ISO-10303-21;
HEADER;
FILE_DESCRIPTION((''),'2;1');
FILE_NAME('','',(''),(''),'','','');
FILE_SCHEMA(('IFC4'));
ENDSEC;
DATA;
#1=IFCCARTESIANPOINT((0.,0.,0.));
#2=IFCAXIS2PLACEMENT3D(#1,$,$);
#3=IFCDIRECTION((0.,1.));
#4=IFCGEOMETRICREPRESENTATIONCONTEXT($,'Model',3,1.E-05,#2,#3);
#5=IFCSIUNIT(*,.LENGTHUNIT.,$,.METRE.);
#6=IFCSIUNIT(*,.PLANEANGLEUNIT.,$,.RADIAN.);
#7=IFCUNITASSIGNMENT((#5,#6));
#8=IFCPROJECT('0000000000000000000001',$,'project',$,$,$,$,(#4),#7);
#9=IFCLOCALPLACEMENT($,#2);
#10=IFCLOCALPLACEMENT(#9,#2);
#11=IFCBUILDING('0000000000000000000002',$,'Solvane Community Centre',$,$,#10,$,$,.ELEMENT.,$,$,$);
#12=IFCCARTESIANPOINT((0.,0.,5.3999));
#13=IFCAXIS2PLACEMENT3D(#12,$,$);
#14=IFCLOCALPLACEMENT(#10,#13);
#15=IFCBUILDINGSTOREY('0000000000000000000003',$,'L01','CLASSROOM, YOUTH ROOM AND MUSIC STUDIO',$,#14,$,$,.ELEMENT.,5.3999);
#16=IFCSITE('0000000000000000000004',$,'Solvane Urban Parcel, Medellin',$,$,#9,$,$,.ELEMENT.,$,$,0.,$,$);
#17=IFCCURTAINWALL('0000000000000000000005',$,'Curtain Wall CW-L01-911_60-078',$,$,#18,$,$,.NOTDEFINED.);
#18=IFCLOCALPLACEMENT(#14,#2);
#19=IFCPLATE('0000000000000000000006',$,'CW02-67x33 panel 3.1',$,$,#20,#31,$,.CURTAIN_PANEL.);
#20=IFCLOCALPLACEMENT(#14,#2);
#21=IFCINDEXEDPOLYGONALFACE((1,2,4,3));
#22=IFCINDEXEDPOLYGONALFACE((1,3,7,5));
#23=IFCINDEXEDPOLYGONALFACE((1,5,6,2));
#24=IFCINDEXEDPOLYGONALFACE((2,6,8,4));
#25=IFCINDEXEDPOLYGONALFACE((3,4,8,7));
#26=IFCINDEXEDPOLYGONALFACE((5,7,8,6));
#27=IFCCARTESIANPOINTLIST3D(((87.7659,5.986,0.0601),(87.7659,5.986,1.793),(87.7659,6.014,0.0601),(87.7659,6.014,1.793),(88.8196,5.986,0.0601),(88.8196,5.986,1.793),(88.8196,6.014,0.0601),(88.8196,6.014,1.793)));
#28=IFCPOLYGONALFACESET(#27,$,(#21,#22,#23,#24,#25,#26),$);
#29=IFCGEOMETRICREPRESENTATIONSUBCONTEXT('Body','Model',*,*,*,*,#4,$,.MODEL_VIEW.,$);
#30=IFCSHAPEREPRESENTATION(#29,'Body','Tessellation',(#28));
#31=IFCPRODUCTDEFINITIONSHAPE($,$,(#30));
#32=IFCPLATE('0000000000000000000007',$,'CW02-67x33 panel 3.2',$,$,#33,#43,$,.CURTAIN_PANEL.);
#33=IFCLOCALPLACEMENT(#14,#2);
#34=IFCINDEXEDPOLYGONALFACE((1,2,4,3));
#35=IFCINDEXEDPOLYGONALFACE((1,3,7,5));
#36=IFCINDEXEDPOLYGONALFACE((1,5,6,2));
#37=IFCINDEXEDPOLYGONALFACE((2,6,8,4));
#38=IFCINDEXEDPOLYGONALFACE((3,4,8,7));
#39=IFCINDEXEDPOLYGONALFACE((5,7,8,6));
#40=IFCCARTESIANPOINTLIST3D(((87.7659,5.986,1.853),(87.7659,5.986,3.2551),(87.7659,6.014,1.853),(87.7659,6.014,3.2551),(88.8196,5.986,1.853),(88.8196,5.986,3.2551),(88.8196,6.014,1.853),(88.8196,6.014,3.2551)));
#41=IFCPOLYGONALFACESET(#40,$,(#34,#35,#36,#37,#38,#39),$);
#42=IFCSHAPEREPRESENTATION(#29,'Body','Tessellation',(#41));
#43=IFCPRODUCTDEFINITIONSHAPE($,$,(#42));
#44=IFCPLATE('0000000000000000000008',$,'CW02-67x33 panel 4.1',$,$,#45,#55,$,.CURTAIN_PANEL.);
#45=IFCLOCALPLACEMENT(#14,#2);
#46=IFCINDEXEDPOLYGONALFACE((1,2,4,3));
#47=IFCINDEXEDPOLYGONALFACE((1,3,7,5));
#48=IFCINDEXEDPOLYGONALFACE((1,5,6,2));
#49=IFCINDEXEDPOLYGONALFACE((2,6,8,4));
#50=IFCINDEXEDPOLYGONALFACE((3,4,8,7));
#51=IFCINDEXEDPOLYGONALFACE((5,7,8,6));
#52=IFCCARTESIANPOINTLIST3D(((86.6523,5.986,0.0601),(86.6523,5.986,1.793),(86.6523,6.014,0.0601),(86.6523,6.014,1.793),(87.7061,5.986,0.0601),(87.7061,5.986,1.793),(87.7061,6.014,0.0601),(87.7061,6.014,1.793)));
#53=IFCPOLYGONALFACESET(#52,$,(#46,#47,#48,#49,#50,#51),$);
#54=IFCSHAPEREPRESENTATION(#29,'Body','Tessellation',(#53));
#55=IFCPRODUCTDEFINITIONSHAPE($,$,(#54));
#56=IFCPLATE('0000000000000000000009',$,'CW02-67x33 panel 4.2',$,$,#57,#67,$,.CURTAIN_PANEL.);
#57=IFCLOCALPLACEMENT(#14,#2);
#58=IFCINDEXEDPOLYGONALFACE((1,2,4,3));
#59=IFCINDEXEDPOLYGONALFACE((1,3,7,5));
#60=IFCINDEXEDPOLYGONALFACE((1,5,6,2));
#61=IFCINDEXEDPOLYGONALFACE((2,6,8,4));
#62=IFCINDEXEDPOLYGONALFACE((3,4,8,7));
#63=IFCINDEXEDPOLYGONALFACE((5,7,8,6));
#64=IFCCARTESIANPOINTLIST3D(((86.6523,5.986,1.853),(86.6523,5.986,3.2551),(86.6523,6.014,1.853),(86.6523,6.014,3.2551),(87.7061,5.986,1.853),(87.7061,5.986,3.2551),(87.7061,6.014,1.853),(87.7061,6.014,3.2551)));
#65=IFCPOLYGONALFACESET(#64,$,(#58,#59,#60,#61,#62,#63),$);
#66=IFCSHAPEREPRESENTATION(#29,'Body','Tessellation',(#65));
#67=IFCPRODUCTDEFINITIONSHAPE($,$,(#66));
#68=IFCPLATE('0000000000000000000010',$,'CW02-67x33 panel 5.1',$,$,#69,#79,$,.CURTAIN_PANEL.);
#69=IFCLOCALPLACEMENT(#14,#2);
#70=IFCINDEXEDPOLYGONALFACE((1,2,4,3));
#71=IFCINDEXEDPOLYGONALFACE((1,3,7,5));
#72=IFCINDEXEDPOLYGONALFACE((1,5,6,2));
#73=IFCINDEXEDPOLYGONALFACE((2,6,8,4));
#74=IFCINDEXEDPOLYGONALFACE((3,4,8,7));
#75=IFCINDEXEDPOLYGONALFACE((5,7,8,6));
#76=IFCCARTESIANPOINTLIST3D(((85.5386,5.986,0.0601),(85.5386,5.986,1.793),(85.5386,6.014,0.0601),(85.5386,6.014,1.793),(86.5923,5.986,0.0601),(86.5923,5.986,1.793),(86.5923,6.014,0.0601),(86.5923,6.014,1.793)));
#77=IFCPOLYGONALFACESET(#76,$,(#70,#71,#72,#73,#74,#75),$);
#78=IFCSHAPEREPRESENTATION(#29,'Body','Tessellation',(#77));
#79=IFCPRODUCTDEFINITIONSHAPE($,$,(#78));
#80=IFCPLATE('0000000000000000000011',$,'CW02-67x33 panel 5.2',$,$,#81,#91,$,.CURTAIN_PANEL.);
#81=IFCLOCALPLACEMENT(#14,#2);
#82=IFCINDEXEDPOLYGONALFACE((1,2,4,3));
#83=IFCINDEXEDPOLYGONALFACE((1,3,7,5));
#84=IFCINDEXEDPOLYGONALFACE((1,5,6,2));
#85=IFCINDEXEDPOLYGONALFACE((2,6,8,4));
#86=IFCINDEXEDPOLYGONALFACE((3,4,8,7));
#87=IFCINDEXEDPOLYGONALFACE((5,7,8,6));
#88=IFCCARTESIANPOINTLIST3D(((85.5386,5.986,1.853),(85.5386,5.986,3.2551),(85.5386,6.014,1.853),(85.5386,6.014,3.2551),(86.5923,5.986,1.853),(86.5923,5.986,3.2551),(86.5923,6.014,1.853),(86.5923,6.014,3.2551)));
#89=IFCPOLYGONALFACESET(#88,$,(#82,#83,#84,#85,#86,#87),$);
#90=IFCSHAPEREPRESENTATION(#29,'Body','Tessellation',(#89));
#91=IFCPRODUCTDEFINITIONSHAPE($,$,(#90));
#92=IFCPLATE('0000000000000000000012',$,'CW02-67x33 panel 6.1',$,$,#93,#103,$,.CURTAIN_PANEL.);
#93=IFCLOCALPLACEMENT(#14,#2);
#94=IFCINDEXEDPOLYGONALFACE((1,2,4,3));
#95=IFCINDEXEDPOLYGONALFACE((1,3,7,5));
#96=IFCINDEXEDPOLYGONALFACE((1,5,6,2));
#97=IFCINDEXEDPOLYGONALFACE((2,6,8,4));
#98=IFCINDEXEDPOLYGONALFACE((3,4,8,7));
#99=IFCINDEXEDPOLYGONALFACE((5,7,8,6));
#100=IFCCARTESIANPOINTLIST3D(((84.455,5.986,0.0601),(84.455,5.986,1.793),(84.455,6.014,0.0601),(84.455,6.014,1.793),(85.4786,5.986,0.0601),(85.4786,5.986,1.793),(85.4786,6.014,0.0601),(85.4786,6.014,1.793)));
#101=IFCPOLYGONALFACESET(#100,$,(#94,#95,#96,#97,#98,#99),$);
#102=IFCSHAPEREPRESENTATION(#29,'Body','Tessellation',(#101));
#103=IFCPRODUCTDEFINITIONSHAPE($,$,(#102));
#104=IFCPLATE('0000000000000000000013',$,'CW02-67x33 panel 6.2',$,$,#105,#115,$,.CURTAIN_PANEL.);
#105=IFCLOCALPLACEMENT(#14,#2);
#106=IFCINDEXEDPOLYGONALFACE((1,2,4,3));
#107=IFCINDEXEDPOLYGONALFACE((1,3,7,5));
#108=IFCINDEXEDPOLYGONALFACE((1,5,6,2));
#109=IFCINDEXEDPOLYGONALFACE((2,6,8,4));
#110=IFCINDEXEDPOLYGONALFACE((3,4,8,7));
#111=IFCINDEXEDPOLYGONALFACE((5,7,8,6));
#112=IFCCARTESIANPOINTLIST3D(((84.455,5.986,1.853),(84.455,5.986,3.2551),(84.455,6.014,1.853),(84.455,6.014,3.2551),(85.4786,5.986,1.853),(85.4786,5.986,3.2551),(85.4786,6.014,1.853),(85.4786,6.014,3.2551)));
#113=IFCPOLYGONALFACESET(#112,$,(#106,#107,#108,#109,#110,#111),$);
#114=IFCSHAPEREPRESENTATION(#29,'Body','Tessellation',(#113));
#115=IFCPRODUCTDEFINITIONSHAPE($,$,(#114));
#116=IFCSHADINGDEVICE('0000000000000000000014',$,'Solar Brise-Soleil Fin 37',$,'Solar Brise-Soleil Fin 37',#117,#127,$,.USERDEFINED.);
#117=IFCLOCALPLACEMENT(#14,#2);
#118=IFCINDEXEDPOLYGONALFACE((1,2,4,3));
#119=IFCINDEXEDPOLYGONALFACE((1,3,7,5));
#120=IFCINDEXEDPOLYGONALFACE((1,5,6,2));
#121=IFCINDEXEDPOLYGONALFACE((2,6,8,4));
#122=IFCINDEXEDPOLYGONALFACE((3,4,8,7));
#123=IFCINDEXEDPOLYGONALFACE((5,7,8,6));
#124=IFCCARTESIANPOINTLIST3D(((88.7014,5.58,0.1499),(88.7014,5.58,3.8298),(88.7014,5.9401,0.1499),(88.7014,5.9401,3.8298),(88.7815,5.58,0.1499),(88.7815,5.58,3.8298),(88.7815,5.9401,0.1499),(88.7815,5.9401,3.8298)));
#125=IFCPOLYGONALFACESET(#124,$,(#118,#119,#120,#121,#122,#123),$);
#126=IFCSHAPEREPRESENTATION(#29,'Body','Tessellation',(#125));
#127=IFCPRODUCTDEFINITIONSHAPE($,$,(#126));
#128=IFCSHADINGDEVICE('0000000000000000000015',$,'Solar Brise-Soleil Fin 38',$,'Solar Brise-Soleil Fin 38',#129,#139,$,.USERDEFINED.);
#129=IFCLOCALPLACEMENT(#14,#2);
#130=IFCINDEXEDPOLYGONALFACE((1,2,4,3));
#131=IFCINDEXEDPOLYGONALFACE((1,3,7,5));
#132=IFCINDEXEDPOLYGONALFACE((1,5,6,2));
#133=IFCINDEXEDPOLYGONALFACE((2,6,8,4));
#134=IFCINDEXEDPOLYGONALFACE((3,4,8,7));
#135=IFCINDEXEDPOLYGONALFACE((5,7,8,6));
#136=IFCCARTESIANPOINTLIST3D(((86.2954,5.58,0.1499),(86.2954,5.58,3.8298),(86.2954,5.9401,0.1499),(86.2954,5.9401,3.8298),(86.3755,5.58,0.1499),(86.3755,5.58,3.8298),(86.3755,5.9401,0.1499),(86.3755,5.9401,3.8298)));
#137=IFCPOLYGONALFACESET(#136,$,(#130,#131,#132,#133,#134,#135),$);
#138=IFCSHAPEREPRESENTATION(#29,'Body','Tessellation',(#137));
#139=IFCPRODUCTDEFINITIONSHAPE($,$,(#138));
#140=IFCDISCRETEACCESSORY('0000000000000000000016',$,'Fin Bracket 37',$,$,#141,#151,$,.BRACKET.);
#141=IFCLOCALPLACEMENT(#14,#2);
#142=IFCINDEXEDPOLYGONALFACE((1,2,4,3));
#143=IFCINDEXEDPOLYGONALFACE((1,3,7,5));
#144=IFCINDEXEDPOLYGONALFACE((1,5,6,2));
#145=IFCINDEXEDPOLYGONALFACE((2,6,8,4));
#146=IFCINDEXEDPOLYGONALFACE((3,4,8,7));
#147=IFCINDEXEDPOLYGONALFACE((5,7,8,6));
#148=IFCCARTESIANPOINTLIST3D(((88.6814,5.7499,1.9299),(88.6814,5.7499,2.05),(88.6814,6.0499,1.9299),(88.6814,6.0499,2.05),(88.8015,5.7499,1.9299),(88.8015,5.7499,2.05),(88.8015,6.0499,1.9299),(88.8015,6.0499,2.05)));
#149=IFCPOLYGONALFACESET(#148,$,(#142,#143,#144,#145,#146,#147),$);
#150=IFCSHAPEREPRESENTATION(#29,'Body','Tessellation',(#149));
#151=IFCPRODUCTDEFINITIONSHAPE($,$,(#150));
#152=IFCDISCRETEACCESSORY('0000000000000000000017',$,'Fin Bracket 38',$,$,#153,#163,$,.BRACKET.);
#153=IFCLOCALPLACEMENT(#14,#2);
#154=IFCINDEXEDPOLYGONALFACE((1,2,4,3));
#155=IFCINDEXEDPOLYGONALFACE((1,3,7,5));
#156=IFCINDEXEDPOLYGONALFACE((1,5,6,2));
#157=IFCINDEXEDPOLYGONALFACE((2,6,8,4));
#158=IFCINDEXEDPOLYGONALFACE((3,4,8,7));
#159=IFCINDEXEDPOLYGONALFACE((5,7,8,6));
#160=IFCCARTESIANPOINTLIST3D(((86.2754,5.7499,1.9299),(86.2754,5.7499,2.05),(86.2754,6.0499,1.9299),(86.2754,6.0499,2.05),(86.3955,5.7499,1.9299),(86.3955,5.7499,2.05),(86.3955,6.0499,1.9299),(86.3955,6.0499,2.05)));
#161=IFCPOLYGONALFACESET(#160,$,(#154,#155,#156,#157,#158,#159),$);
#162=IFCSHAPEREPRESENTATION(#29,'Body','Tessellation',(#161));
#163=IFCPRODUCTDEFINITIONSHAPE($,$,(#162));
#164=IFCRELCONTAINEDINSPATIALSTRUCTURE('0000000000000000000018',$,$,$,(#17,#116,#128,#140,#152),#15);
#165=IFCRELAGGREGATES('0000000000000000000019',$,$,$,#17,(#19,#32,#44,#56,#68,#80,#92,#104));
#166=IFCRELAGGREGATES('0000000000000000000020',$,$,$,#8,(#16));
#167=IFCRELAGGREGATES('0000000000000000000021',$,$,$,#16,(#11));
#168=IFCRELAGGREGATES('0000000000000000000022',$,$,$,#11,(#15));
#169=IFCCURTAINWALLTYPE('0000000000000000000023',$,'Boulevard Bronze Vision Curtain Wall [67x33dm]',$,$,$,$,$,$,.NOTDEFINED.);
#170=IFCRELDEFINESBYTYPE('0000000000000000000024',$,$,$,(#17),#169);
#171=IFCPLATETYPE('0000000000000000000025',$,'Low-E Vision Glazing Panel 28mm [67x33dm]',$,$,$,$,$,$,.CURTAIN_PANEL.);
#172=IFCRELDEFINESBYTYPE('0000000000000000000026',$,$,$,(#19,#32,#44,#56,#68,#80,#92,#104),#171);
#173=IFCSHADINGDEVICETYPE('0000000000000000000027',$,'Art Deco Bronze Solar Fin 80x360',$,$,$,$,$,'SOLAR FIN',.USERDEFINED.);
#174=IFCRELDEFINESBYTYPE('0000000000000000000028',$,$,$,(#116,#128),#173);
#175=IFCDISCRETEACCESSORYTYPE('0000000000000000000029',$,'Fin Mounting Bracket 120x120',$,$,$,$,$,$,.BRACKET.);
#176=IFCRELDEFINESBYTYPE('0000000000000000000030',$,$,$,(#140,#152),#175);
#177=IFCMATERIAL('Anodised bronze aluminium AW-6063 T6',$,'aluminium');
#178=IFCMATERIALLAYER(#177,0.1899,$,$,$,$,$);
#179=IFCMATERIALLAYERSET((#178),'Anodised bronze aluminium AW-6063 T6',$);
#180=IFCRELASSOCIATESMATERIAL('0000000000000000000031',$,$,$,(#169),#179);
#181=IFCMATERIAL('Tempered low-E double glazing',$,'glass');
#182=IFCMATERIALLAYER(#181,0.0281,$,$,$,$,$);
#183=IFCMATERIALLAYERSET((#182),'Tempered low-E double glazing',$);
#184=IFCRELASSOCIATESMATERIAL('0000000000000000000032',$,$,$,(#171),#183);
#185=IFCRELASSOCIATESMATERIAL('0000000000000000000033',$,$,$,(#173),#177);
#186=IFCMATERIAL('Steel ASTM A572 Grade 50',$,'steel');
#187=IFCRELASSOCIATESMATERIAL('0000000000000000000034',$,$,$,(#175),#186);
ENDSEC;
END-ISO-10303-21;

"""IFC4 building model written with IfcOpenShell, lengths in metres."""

from ifc_helpers import new_model, si_unit, direction, frame, origin, origin_2d, place, context, subcontext, project, spatial, rectangle, extrude, material, layer, layer_set, type_object, element, aggregate, save


model = new_model("IFC4")

# Units and contexts
model_context = context("Model", 3, precision=1e-05, world=origin(), true_north=direction((0.0, 1.0)))
body_context = subcontext(model_context, "Body", "Model", "MODEL_VIEW")
ifc_project = project(units=[si_unit("LENGTHUNIT", "METRE"), si_unit("PLANEANGLEUNIT", "RADIAN")], contexts=[model_context])

# Site, building, storey
site_placement = place(None, origin())
site = spatial("IfcSite", under=ifc_project, at=site_placement, Name="Solvane Urban Parcel, Medellin", CompositionType="ELEMENT", RefElevation=0.0)
building_placement = place(site_placement, origin())
building = spatial("IfcBuilding", under=site, at=building_placement, Name="Solvane Community Centre", CompositionType="ELEMENT")
storey_placement = place(building_placement, frame((0.0, 0.0, 5.3999)))
storey = spatial("IfcBuildingStorey", under=building, at=storey_placement, Name="L01", Description="CLASSROOM, YOUTH ROOM AND MUSIC STUDIO", CompositionType="ELEMENT", Elevation=5.3999)

# Curtain wall, plates
ifc_material_1 = material(Name="Anodised bronze aluminium AW-6063 T6", Category="aluminium")
ifc_layer_1 = layer(ifc_material_1, 0.1899)
ifc_layer_set_1 = layer_set([ifc_layer_1], Name="Anodised bronze aluminium AW-6063 T6")
curtain_wall_type = type_object("IfcCurtainWallType", Name="Boulevard Bronze Vision Curtain Wall [67x33dm]", PredefinedType="NOTDEFINED", material=ifc_layer_set_1)
curtain_wall_placement = place(storey_placement, origin())
curtain_wall = element("IfcCurtainWall", 1, at=curtain_wall_placement, inside=storey, type_object=curtain_wall_type, Name="Curtain Wall CW-L01-911_60-078", PredefinedType="NOTDEFINED")
ifc_material_2 = material(Name="Tempered low-E double glazing", Category="glass")
ifc_layer_2 = layer(ifc_material_2, 0.0281)
ifc_layer_set_2 = layer_set([ifc_layer_2], Name="Tempered low-E double glazing")
plate_type = type_object("IfcPlateType", Name="Low-E Vision Glazing Panel 28mm [67x33dm]", PredefinedType="CURTAIN_PANEL", material=ifc_layer_set_2)
plate_1_placement = place(storey_placement, frame((88.2927, 6.0, 0.0601), z_axis=(0.0, 0.0, 1.0), x_axis=(-1.0, 0.0, 0.0)))
plate_1 = element("IfcPlate", 2, at=plate_1_placement, type_object=plate_type, Name="CW02-67x33 panel 3.1", PredefinedType="CURTAIN_PANEL", context=body_context, shape_type="SweptSolid", body=[
    extrude(rectangle(XDim=1.0537, YDim=0.0281, at=origin_2d()), origin(), (0.0, 0.0, 1.0), 1.7329),
])
plate_2_placement = place(storey_placement, frame((88.2927, 6.0, 1.853), z_axis=(0.0, 0.0, 1.0), x_axis=(-1.0, 0.0, 0.0)))
plate_2 = element("IfcPlate", 3, at=plate_2_placement, type_object=plate_type, Name="CW02-67x33 panel 3.2", PredefinedType="CURTAIN_PANEL", context=body_context, shape_type="SweptSolid", body=[
    extrude(rectangle(XDim=1.0537, YDim=0.0281, at=origin_2d()), origin(), (0.0, 0.0, 1.0), 1.4021),
])
plate_3_placement = place(storey_placement, frame((87.1792, 6.0, 0.0601), z_axis=(0.0, 0.0, 1.0), x_axis=(-1.0, 0.0, 0.0)))
plate_3 = element("IfcPlate", 4, at=plate_3_placement, type_object=plate_type, Name="CW02-67x33 panel 4.1", PredefinedType="CURTAIN_PANEL", context=body_context, shape_type="SweptSolid", body=[
    extrude(rectangle(XDim=1.0537, YDim=0.0281, at=origin_2d()), origin(), (0.0, 0.0, 1.0), 1.7329),
])
plate_4_placement = place(storey_placement, frame((87.1792, 6.0, 1.853), z_axis=(0.0, 0.0, 1.0), x_axis=(-1.0, 0.0, 0.0)))
plate_4 = element("IfcPlate", 5, at=plate_4_placement, type_object=plate_type, Name="CW02-67x33 panel 4.2", PredefinedType="CURTAIN_PANEL", context=body_context, shape_type="SweptSolid", body=[
    extrude(rectangle(XDim=1.0537, YDim=0.0281, at=origin_2d()), origin(), (0.0, 0.0, 1.0), 1.4021),
])
plate_5_placement = place(storey_placement, frame((86.0654, 6.0, 0.0601), z_axis=(0.0, 0.0, 1.0), x_axis=(-1.0, 0.0, 0.0)))
plate_5 = element("IfcPlate", 6, at=plate_5_placement, type_object=plate_type, Name="CW02-67x33 panel 5.1", PredefinedType="CURTAIN_PANEL", context=body_context, shape_type="SweptSolid", body=[
    extrude(rectangle(XDim=1.0537, YDim=0.0281, at=origin_2d()), origin(), (0.0, 0.0, 1.0), 1.7329),
])
plate_6_placement = place(storey_placement, frame((86.0654, 6.0, 1.853), z_axis=(0.0, 0.0, 1.0), x_axis=(-1.0, 0.0, 0.0)))
plate_6 = element("IfcPlate", 7, at=plate_6_placement, type_object=plate_type, Name="CW02-67x33 panel 5.2", PredefinedType="CURTAIN_PANEL", context=body_context, shape_type="SweptSolid", body=[
    extrude(rectangle(XDim=1.0537, YDim=0.0281, at=origin_2d()), origin(), (0.0, 0.0, 1.0), 1.4021),
])
plate_7_placement = place(storey_placement, frame((84.9668, 6.0, 0.0601), z_axis=(0.0, 0.0, 1.0), x_axis=(-1.0, 0.0, 0.0)))
plate_7 = element("IfcPlate", 8, at=plate_7_placement, type_object=plate_type, Name="CW02-67x33 panel 6.1", PredefinedType="CURTAIN_PANEL", context=body_context, shape_type="SweptSolid", body=[
    extrude(rectangle(XDim=1.0237, YDim=0.0281, at=origin_2d()), origin(), (0.0, 0.0, 1.0), 1.7329),
])
plate_8_placement = place(storey_placement, frame((84.9668, 6.0, 1.853), z_axis=(0.0, 0.0, 1.0), x_axis=(-1.0, 0.0, 0.0)))
plate_8 = element("IfcPlate", 9, at=plate_8_placement, type_object=plate_type, Name="CW02-67x33 panel 6.2", PredefinedType="CURTAIN_PANEL", context=body_context, shape_type="SweptSolid", body=[
    extrude(rectangle(XDim=1.0237, YDim=0.0281, at=origin_2d()), origin(), (0.0, 0.0, 1.0), 1.4021),
])
aggregate(curtain_wall, [plate_1, plate_2, plate_3, plate_4, plate_5, plate_6, plate_7, plate_8])

# Shading devices
shading_device_type = type_object("IfcShadingDeviceType", Name="Art Deco Bronze Solar Fin 80x360", ElementType="SOLAR FIN", PredefinedType="USERDEFINED", material=ifc_material_1)
shading_device_1_placement = place(storey_placement, frame((88.7415, 5.76, 0.1499), z_axis=(0.0, 0.0, 1.0), x_axis=(-1.0, 0.0, 0.0)))
element("IfcShadingDevice", 10, at=shading_device_1_placement, inside=storey, type_object=shading_device_type, Name="Solar Brise-Soleil Fin 37", ObjectType="Solar Brise-Soleil Fin 37", PredefinedType="USERDEFINED", context=body_context, shape_type="SweptSolid", body=[
    extrude(rectangle(XDim=0.0801, YDim=0.3601, at=origin_2d()), origin(), (0.0, 0.0, 1.0), 3.6799),
])
shading_device_2_placement = place(storey_placement, frame((86.3354, 5.76, 0.1499), z_axis=(0.0, 0.0, 1.0), x_axis=(-1.0, 0.0, 0.0)))
element("IfcShadingDevice", 11, at=shading_device_2_placement, inside=storey, type_object=shading_device_type, Name="Solar Brise-Soleil Fin 38", ObjectType="Solar Brise-Soleil Fin 38", PredefinedType="USERDEFINED", context=body_context, shape_type="SweptSolid", body=[
    extrude(rectangle(XDim=0.0801, YDim=0.3601, at=origin_2d()), origin(), (0.0, 0.0, 1.0), 3.6799),
])

# Discrete accessories
ifc_material_3 = material(Name="Steel ASTM A572 Grade 50", Category="steel")
discrete_accessory_type = type_object("IfcDiscreteAccessoryType", Name="Fin Mounting Bracket 120x120", PredefinedType="BRACKET", material=ifc_material_3)
for number, where, z_axis, x_axis, name in (
    (12, (88.7415, 5.8999, 1.9299), (0.0, 0.0, 1.0), (-1.0, 0.0, 0.0), "Fin Bracket 37"),
    (13, (86.3354, 5.8999, 1.9299), (0.0, 0.0, 1.0), (-1.0, 0.0, 0.0), "Fin Bracket 38"),
):
    element("IfcDiscreteAccessory", number, at=place(storey_placement, frame(where, z_axis=z_axis, x_axis=x_axis)), inside=storey, type_object=discrete_accessory_type, Name=name, PredefinedType="BRACKET", context=body_context, shape_type="SweptSolid", body=[
        extrude(rectangle(XDim=0.1201, YDim=0.3, at=origin_2d()), origin(), (0.0, 0.0, 1.0), 0.1201),
    ])

save(model, "model.ifc")
